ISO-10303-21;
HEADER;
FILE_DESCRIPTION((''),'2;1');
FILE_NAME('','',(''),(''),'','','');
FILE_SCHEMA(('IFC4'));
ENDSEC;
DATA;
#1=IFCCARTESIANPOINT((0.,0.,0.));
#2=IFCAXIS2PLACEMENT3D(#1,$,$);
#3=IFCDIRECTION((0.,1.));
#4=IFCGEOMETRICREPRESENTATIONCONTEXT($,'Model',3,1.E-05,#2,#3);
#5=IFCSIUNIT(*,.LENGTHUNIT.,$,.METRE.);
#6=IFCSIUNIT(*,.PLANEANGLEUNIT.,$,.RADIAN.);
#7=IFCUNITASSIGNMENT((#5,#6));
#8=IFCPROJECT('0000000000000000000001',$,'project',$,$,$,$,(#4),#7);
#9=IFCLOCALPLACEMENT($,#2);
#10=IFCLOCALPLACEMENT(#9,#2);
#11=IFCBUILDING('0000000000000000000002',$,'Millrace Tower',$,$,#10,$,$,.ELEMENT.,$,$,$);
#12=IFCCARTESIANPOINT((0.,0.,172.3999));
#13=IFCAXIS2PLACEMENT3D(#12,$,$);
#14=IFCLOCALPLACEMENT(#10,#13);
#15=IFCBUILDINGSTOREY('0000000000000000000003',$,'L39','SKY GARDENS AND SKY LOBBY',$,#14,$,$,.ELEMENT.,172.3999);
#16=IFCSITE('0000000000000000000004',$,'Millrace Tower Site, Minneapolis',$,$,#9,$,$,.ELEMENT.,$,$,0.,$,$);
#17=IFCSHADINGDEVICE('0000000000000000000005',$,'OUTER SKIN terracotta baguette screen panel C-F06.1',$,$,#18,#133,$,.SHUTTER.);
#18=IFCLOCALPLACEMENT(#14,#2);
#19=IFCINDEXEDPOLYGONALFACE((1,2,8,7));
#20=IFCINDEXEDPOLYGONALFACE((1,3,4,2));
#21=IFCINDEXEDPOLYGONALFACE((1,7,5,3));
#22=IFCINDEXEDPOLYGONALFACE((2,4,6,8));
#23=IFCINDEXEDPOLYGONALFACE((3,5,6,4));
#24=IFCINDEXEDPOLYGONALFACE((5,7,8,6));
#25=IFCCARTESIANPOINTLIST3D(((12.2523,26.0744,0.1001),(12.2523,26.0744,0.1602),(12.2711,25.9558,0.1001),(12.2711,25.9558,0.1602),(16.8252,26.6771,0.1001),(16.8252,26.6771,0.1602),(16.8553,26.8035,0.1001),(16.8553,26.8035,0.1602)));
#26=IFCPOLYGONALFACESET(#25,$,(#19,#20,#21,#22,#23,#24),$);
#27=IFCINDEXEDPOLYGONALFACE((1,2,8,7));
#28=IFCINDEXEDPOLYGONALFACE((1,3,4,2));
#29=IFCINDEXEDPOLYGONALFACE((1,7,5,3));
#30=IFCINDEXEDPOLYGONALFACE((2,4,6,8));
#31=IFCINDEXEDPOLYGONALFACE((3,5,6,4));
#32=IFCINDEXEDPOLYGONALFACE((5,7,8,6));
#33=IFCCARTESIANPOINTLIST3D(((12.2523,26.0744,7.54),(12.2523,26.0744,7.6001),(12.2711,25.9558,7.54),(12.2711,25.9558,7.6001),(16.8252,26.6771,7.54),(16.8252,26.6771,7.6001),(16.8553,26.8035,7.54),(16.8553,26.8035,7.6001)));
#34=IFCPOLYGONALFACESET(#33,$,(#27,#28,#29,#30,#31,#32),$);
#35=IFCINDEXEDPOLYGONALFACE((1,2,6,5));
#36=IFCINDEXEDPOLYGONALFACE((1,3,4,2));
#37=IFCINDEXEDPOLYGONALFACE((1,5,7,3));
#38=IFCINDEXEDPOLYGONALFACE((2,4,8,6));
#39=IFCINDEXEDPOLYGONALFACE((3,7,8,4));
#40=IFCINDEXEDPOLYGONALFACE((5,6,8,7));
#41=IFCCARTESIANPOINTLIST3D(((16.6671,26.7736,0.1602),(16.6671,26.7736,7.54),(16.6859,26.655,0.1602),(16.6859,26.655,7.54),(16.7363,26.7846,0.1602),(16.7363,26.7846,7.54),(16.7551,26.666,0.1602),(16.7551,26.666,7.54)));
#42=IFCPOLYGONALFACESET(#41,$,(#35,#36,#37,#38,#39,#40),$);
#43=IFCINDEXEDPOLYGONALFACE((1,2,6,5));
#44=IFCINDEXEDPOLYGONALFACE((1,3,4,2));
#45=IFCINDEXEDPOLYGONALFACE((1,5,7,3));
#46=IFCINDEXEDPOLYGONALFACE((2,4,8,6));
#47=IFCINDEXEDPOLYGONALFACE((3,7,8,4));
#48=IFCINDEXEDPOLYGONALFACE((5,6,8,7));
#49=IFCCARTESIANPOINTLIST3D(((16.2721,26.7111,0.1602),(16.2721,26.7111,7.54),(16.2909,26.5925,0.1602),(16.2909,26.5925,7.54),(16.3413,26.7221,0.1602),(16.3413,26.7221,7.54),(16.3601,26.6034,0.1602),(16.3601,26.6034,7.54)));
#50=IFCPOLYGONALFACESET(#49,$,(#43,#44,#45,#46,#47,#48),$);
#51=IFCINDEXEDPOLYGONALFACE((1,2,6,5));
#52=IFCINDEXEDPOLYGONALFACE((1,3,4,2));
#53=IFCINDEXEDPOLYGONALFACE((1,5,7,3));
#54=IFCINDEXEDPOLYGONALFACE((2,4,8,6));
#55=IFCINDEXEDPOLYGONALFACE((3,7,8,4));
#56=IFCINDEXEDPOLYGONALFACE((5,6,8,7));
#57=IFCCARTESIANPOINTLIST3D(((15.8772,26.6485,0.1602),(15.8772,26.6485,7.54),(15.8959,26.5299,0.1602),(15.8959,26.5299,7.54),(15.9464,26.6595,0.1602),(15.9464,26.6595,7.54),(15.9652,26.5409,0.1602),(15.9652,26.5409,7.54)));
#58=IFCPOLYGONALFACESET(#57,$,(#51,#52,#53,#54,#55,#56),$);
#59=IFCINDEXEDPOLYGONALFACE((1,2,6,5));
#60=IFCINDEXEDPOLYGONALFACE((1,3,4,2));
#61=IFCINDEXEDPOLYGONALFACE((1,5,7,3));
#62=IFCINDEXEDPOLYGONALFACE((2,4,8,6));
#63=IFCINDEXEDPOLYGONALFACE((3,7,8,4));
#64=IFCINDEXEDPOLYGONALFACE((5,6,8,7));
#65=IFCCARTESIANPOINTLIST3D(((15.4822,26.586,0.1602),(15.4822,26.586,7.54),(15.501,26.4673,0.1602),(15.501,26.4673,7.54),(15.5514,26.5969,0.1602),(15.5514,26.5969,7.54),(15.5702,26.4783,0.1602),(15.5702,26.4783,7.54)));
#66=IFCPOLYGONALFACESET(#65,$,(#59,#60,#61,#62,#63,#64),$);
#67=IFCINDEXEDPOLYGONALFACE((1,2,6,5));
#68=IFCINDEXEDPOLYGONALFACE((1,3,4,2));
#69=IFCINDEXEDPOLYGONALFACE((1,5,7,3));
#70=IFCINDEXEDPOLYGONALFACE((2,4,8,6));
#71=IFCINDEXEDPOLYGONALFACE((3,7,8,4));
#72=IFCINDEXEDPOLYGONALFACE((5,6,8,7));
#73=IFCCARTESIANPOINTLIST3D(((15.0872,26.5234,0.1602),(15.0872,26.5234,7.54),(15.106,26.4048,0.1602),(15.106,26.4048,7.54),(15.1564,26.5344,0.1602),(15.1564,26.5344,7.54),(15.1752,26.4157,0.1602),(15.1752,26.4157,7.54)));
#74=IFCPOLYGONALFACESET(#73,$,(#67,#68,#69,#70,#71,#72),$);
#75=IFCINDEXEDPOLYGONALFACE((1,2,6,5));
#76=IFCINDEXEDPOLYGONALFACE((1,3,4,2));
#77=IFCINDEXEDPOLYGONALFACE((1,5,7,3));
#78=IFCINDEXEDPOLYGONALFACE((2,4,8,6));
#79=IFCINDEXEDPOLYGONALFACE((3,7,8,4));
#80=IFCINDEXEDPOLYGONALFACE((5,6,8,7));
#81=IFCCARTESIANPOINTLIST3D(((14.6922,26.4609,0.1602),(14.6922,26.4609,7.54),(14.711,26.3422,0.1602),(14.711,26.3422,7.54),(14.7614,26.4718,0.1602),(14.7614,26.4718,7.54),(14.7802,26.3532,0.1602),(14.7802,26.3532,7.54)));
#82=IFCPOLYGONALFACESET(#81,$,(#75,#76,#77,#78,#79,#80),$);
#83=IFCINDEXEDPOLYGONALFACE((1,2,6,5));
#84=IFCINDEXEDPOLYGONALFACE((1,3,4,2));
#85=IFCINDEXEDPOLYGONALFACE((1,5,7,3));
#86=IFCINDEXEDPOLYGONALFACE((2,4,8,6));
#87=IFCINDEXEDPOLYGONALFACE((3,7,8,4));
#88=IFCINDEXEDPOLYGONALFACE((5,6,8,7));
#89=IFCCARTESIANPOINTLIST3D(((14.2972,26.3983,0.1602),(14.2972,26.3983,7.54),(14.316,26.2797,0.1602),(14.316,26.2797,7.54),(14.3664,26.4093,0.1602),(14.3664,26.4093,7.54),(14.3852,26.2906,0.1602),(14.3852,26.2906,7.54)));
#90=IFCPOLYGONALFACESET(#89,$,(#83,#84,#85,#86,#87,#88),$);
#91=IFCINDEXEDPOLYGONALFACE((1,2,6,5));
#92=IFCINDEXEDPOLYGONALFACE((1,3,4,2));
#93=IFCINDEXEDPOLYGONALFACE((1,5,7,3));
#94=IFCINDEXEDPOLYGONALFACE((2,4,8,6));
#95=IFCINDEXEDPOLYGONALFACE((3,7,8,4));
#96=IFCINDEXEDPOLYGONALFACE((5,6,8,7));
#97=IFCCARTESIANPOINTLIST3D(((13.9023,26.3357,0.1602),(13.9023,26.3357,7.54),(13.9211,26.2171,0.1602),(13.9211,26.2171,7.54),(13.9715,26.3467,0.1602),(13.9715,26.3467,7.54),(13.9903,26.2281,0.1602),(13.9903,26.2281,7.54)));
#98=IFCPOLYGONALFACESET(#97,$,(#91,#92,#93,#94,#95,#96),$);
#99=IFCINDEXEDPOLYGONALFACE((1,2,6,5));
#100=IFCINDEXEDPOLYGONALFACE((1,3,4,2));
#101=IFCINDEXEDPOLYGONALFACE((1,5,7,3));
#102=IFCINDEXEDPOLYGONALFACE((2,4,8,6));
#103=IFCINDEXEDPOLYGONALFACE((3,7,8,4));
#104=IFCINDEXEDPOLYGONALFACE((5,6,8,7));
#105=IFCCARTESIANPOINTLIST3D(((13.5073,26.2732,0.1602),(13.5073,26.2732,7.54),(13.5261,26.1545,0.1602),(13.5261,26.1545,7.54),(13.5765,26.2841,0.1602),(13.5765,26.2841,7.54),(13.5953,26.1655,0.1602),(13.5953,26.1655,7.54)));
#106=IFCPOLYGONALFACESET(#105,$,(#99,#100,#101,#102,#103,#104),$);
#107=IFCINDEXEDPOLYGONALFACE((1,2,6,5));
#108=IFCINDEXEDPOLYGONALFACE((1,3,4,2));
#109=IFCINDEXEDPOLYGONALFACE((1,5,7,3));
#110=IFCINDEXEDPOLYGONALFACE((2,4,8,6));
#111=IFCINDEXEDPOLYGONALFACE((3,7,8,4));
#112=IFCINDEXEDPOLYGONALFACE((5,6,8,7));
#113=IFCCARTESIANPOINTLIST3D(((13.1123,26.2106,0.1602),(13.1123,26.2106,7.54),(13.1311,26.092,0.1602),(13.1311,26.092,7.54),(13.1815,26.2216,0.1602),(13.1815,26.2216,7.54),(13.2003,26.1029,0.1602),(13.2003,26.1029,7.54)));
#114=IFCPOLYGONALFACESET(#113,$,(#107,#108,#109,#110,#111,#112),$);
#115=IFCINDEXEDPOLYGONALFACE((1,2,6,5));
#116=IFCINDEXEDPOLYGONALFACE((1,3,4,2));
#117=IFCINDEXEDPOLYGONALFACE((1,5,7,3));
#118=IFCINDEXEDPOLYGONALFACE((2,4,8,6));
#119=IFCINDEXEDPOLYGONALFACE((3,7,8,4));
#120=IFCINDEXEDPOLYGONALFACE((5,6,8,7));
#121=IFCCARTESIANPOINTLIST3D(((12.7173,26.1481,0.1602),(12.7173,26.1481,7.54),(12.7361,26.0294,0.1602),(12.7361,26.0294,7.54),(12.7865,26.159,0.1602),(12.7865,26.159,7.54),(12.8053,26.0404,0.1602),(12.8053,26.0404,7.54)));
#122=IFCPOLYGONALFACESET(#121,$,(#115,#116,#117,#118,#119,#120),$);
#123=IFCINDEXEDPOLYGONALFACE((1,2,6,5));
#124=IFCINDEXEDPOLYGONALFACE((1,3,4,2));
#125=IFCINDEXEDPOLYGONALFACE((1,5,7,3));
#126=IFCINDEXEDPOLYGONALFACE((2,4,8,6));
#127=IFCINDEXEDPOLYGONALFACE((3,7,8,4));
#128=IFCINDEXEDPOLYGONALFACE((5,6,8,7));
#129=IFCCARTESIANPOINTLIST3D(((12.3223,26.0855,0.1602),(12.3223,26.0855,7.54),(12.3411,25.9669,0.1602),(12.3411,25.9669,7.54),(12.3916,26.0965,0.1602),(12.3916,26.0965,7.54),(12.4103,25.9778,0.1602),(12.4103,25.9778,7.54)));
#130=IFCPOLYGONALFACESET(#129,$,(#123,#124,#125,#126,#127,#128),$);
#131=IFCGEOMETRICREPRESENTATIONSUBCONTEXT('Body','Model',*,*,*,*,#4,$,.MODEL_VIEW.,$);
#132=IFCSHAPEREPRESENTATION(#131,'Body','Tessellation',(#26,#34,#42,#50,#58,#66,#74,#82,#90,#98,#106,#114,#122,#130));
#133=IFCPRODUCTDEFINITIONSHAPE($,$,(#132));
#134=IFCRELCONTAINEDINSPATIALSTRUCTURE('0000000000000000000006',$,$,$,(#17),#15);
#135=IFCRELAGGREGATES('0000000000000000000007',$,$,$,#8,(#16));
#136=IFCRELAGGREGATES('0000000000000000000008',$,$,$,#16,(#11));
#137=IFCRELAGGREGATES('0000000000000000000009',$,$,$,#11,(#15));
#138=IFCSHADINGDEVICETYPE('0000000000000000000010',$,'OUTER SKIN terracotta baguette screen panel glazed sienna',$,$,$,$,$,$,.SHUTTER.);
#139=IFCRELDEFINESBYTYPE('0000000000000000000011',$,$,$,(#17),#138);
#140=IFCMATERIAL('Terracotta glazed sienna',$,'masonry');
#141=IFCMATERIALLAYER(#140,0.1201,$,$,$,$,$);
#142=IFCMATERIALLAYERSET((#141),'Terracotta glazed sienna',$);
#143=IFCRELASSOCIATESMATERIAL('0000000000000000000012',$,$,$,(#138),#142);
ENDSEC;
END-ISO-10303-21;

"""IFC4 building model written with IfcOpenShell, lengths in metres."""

from ifc_helpers import new_model, entity, si_unit, direction, frame, frame_2d, origin, place, context, subcontext, project, spatial, rectangle, extrude, source, transform, mapped, material, layer, layer_set, type_object, element, save


model = new_model("IFC4")

# Units and contexts
model_context = context("Model", 3, precision=1e-05, world=origin(), true_north=direction((0.0, 1.0)))
body_context = subcontext(model_context, "Body", "Model", "MODEL_VIEW")
ifc_project = project(units=[si_unit("LENGTHUNIT", "METRE"), si_unit("PLANEANGLEUNIT", "RADIAN")], contexts=[model_context])

# Site, building, storey
site_placement = place(None, origin())
site = spatial("IfcSite", under=ifc_project, at=site_placement, Name="Millrace Tower Site, Minneapolis", CompositionType="ELEMENT", RefElevation=0.0)
building_placement = place(site_placement, origin())
building = spatial("IfcBuilding", under=site, at=building_placement, Name="Millrace Tower", CompositionType="ELEMENT")
storey_placement = place(building_placement, frame((0.0, 0.0, 172.3999)))
storey = spatial("IfcBuildingStorey", under=building, at=storey_placement, Name="L39", Description="SKY GARDENS AND SKY LOBBY", CompositionType="ELEMENT", Elevation=172.3999)

# Shading device
ifc_material_1 = material(Name="Terracotta glazed sienna", Category="masonry")
ifc_layer_1 = layer(ifc_material_1, 0.1201)
ifc_layer_set_1 = layer_set([ifc_layer_1], Name="Terracotta glazed sienna")
shading_device_type = type_object("IfcShadingDeviceType", Name="OUTER SKIN terracotta baguette screen panel glazed sienna", PredefinedType="SHUTTER", material=ifc_layer_set_1)
cartesian_point_1 = entity("IfcCartesianPoint", [-2.293, 0.0601])
shared_polyline_1 = entity("IfcPolyline", [cartesian_point_1, entity("IfcCartesianPoint", [2.3179, 0.0601]), entity("IfcCartesianPoint", [2.3179, -0.0601]), entity("IfcCartesianPoint", [-2.3425, -0.0601]), cartesian_point_1])
shared_shape_1 = source(origin(), body_context, "Body", "SweptSolid", [
    entity("IfcExtrudedAreaSolid", entity("IfcArbitraryClosedProfileDef", "AREA", None, shared_polyline_1), entity("IfcAxis2Placement3D", entity("IfcCartesianPoint", [0.0, 0.0, 0.0])), entity("IfcDirection", [0.0, 0.0, 1.0]), 0.0601),
    entity("IfcExtrudedAreaSolid", entity("IfcArbitraryClosedProfileDef", "AREA", None, shared_polyline_1), entity("IfcAxis2Placement3D", entity("IfcCartesianPoint", [0.0, 0.0, 7.4399])), entity("IfcDirection", [0.0, 0.0, 1.0]), 0.0601),
    extrude(rectangle(XDim=0.0701, YDim=0.1201, at=frame_2d((-2.187, 0.0))), frame((0.0, 0.0, 0.0601)), (0.0, 0.0, 1.0), 7.3799),
    extrude(rectangle(XDim=0.0701, YDim=0.1201, at=frame_2d((-1.7871, 0.0))), frame((0.0, 0.0, 0.0601)), (0.0, 0.0, 1.0), 7.3799),
    extrude(rectangle(XDim=0.0701, YDim=0.1201, at=frame_2d((-1.3872, 0.0))), frame((0.0, 0.0, 0.0601)), (0.0, 0.0, 1.0), 7.3799),
    extrude(rectangle(XDim=0.0701, YDim=0.1201, at=frame_2d((-0.9873, 0.0))), frame((0.0, 0.0, 0.0601)), (0.0, 0.0, 1.0), 7.3799),
    extrude(rectangle(XDim=0.0701, YDim=0.1201, at=frame_2d((-0.5874, 0.0))), frame((0.0, 0.0, 0.0601)), (0.0, 0.0, 1.0), 7.3799),
    extrude(rectangle(XDim=0.0701, YDim=0.1201, at=frame_2d((-0.1875, 0.0))), frame((0.0, 0.0, 0.0601)), (0.0, 0.0, 1.0), 7.3799),
    extrude(rectangle(XDim=0.0701, YDim=0.1201, at=frame_2d((0.2124, 0.0))), frame((0.0, 0.0, 0.0601)), (0.0, 0.0, 1.0), 7.3799),
    extrude(rectangle(XDim=0.0701, YDim=0.1201, at=frame_2d((0.6123, 0.0))), frame((0.0, 0.0, 0.0601)), (0.0, 0.0, 1.0), 7.3799),
    extrude(rectangle(XDim=0.0701, YDim=0.1201, at=frame_2d((1.0122, 0.0))), frame((0.0, 0.0, 0.0601)), (0.0, 0.0, 1.0), 7.3799),
    extrude(rectangle(XDim=0.0701, YDim=0.1201, at=frame_2d((1.4121, 0.0))), frame((0.0, 0.0, 0.0601)), (0.0, 0.0, 1.0), 7.3799),
    extrude(rectangle(XDim=0.0701, YDim=0.1201, at=frame_2d((1.812, 0.0))), frame((0.0, 0.0, 0.0601)), (0.0, 0.0, 1.0), 7.3799),
    extrude(rectangle(XDim=0.0701, YDim=0.1201, at=frame_2d((2.2119, 0.0))), frame((0.0, 0.0, 0.0601)), (0.0, 0.0, 1.0), 7.3799),
])
shading_device_1_placement = place(storey_placement, frame((14.551, 26.3777, 0.1001), z_axis=(0.0, 0.0, 1.0), x_axis=(-0.987688, -0.156434, 0.0)))
element("IfcShadingDevice", 1, at=shading_device_1_placement, inside=storey, type_object=shading_device_type, Name="OUTER SKIN terracotta baguette screen panel C-F06.1", PredefinedType="SHUTTER", context=body_context, shape_type="MappedRepresentation", body=[
    mapped(shared_shape_1, transform((0.0, 0.0, 0.0), scale=1.0)),
])

save(model, "model.ifc")
